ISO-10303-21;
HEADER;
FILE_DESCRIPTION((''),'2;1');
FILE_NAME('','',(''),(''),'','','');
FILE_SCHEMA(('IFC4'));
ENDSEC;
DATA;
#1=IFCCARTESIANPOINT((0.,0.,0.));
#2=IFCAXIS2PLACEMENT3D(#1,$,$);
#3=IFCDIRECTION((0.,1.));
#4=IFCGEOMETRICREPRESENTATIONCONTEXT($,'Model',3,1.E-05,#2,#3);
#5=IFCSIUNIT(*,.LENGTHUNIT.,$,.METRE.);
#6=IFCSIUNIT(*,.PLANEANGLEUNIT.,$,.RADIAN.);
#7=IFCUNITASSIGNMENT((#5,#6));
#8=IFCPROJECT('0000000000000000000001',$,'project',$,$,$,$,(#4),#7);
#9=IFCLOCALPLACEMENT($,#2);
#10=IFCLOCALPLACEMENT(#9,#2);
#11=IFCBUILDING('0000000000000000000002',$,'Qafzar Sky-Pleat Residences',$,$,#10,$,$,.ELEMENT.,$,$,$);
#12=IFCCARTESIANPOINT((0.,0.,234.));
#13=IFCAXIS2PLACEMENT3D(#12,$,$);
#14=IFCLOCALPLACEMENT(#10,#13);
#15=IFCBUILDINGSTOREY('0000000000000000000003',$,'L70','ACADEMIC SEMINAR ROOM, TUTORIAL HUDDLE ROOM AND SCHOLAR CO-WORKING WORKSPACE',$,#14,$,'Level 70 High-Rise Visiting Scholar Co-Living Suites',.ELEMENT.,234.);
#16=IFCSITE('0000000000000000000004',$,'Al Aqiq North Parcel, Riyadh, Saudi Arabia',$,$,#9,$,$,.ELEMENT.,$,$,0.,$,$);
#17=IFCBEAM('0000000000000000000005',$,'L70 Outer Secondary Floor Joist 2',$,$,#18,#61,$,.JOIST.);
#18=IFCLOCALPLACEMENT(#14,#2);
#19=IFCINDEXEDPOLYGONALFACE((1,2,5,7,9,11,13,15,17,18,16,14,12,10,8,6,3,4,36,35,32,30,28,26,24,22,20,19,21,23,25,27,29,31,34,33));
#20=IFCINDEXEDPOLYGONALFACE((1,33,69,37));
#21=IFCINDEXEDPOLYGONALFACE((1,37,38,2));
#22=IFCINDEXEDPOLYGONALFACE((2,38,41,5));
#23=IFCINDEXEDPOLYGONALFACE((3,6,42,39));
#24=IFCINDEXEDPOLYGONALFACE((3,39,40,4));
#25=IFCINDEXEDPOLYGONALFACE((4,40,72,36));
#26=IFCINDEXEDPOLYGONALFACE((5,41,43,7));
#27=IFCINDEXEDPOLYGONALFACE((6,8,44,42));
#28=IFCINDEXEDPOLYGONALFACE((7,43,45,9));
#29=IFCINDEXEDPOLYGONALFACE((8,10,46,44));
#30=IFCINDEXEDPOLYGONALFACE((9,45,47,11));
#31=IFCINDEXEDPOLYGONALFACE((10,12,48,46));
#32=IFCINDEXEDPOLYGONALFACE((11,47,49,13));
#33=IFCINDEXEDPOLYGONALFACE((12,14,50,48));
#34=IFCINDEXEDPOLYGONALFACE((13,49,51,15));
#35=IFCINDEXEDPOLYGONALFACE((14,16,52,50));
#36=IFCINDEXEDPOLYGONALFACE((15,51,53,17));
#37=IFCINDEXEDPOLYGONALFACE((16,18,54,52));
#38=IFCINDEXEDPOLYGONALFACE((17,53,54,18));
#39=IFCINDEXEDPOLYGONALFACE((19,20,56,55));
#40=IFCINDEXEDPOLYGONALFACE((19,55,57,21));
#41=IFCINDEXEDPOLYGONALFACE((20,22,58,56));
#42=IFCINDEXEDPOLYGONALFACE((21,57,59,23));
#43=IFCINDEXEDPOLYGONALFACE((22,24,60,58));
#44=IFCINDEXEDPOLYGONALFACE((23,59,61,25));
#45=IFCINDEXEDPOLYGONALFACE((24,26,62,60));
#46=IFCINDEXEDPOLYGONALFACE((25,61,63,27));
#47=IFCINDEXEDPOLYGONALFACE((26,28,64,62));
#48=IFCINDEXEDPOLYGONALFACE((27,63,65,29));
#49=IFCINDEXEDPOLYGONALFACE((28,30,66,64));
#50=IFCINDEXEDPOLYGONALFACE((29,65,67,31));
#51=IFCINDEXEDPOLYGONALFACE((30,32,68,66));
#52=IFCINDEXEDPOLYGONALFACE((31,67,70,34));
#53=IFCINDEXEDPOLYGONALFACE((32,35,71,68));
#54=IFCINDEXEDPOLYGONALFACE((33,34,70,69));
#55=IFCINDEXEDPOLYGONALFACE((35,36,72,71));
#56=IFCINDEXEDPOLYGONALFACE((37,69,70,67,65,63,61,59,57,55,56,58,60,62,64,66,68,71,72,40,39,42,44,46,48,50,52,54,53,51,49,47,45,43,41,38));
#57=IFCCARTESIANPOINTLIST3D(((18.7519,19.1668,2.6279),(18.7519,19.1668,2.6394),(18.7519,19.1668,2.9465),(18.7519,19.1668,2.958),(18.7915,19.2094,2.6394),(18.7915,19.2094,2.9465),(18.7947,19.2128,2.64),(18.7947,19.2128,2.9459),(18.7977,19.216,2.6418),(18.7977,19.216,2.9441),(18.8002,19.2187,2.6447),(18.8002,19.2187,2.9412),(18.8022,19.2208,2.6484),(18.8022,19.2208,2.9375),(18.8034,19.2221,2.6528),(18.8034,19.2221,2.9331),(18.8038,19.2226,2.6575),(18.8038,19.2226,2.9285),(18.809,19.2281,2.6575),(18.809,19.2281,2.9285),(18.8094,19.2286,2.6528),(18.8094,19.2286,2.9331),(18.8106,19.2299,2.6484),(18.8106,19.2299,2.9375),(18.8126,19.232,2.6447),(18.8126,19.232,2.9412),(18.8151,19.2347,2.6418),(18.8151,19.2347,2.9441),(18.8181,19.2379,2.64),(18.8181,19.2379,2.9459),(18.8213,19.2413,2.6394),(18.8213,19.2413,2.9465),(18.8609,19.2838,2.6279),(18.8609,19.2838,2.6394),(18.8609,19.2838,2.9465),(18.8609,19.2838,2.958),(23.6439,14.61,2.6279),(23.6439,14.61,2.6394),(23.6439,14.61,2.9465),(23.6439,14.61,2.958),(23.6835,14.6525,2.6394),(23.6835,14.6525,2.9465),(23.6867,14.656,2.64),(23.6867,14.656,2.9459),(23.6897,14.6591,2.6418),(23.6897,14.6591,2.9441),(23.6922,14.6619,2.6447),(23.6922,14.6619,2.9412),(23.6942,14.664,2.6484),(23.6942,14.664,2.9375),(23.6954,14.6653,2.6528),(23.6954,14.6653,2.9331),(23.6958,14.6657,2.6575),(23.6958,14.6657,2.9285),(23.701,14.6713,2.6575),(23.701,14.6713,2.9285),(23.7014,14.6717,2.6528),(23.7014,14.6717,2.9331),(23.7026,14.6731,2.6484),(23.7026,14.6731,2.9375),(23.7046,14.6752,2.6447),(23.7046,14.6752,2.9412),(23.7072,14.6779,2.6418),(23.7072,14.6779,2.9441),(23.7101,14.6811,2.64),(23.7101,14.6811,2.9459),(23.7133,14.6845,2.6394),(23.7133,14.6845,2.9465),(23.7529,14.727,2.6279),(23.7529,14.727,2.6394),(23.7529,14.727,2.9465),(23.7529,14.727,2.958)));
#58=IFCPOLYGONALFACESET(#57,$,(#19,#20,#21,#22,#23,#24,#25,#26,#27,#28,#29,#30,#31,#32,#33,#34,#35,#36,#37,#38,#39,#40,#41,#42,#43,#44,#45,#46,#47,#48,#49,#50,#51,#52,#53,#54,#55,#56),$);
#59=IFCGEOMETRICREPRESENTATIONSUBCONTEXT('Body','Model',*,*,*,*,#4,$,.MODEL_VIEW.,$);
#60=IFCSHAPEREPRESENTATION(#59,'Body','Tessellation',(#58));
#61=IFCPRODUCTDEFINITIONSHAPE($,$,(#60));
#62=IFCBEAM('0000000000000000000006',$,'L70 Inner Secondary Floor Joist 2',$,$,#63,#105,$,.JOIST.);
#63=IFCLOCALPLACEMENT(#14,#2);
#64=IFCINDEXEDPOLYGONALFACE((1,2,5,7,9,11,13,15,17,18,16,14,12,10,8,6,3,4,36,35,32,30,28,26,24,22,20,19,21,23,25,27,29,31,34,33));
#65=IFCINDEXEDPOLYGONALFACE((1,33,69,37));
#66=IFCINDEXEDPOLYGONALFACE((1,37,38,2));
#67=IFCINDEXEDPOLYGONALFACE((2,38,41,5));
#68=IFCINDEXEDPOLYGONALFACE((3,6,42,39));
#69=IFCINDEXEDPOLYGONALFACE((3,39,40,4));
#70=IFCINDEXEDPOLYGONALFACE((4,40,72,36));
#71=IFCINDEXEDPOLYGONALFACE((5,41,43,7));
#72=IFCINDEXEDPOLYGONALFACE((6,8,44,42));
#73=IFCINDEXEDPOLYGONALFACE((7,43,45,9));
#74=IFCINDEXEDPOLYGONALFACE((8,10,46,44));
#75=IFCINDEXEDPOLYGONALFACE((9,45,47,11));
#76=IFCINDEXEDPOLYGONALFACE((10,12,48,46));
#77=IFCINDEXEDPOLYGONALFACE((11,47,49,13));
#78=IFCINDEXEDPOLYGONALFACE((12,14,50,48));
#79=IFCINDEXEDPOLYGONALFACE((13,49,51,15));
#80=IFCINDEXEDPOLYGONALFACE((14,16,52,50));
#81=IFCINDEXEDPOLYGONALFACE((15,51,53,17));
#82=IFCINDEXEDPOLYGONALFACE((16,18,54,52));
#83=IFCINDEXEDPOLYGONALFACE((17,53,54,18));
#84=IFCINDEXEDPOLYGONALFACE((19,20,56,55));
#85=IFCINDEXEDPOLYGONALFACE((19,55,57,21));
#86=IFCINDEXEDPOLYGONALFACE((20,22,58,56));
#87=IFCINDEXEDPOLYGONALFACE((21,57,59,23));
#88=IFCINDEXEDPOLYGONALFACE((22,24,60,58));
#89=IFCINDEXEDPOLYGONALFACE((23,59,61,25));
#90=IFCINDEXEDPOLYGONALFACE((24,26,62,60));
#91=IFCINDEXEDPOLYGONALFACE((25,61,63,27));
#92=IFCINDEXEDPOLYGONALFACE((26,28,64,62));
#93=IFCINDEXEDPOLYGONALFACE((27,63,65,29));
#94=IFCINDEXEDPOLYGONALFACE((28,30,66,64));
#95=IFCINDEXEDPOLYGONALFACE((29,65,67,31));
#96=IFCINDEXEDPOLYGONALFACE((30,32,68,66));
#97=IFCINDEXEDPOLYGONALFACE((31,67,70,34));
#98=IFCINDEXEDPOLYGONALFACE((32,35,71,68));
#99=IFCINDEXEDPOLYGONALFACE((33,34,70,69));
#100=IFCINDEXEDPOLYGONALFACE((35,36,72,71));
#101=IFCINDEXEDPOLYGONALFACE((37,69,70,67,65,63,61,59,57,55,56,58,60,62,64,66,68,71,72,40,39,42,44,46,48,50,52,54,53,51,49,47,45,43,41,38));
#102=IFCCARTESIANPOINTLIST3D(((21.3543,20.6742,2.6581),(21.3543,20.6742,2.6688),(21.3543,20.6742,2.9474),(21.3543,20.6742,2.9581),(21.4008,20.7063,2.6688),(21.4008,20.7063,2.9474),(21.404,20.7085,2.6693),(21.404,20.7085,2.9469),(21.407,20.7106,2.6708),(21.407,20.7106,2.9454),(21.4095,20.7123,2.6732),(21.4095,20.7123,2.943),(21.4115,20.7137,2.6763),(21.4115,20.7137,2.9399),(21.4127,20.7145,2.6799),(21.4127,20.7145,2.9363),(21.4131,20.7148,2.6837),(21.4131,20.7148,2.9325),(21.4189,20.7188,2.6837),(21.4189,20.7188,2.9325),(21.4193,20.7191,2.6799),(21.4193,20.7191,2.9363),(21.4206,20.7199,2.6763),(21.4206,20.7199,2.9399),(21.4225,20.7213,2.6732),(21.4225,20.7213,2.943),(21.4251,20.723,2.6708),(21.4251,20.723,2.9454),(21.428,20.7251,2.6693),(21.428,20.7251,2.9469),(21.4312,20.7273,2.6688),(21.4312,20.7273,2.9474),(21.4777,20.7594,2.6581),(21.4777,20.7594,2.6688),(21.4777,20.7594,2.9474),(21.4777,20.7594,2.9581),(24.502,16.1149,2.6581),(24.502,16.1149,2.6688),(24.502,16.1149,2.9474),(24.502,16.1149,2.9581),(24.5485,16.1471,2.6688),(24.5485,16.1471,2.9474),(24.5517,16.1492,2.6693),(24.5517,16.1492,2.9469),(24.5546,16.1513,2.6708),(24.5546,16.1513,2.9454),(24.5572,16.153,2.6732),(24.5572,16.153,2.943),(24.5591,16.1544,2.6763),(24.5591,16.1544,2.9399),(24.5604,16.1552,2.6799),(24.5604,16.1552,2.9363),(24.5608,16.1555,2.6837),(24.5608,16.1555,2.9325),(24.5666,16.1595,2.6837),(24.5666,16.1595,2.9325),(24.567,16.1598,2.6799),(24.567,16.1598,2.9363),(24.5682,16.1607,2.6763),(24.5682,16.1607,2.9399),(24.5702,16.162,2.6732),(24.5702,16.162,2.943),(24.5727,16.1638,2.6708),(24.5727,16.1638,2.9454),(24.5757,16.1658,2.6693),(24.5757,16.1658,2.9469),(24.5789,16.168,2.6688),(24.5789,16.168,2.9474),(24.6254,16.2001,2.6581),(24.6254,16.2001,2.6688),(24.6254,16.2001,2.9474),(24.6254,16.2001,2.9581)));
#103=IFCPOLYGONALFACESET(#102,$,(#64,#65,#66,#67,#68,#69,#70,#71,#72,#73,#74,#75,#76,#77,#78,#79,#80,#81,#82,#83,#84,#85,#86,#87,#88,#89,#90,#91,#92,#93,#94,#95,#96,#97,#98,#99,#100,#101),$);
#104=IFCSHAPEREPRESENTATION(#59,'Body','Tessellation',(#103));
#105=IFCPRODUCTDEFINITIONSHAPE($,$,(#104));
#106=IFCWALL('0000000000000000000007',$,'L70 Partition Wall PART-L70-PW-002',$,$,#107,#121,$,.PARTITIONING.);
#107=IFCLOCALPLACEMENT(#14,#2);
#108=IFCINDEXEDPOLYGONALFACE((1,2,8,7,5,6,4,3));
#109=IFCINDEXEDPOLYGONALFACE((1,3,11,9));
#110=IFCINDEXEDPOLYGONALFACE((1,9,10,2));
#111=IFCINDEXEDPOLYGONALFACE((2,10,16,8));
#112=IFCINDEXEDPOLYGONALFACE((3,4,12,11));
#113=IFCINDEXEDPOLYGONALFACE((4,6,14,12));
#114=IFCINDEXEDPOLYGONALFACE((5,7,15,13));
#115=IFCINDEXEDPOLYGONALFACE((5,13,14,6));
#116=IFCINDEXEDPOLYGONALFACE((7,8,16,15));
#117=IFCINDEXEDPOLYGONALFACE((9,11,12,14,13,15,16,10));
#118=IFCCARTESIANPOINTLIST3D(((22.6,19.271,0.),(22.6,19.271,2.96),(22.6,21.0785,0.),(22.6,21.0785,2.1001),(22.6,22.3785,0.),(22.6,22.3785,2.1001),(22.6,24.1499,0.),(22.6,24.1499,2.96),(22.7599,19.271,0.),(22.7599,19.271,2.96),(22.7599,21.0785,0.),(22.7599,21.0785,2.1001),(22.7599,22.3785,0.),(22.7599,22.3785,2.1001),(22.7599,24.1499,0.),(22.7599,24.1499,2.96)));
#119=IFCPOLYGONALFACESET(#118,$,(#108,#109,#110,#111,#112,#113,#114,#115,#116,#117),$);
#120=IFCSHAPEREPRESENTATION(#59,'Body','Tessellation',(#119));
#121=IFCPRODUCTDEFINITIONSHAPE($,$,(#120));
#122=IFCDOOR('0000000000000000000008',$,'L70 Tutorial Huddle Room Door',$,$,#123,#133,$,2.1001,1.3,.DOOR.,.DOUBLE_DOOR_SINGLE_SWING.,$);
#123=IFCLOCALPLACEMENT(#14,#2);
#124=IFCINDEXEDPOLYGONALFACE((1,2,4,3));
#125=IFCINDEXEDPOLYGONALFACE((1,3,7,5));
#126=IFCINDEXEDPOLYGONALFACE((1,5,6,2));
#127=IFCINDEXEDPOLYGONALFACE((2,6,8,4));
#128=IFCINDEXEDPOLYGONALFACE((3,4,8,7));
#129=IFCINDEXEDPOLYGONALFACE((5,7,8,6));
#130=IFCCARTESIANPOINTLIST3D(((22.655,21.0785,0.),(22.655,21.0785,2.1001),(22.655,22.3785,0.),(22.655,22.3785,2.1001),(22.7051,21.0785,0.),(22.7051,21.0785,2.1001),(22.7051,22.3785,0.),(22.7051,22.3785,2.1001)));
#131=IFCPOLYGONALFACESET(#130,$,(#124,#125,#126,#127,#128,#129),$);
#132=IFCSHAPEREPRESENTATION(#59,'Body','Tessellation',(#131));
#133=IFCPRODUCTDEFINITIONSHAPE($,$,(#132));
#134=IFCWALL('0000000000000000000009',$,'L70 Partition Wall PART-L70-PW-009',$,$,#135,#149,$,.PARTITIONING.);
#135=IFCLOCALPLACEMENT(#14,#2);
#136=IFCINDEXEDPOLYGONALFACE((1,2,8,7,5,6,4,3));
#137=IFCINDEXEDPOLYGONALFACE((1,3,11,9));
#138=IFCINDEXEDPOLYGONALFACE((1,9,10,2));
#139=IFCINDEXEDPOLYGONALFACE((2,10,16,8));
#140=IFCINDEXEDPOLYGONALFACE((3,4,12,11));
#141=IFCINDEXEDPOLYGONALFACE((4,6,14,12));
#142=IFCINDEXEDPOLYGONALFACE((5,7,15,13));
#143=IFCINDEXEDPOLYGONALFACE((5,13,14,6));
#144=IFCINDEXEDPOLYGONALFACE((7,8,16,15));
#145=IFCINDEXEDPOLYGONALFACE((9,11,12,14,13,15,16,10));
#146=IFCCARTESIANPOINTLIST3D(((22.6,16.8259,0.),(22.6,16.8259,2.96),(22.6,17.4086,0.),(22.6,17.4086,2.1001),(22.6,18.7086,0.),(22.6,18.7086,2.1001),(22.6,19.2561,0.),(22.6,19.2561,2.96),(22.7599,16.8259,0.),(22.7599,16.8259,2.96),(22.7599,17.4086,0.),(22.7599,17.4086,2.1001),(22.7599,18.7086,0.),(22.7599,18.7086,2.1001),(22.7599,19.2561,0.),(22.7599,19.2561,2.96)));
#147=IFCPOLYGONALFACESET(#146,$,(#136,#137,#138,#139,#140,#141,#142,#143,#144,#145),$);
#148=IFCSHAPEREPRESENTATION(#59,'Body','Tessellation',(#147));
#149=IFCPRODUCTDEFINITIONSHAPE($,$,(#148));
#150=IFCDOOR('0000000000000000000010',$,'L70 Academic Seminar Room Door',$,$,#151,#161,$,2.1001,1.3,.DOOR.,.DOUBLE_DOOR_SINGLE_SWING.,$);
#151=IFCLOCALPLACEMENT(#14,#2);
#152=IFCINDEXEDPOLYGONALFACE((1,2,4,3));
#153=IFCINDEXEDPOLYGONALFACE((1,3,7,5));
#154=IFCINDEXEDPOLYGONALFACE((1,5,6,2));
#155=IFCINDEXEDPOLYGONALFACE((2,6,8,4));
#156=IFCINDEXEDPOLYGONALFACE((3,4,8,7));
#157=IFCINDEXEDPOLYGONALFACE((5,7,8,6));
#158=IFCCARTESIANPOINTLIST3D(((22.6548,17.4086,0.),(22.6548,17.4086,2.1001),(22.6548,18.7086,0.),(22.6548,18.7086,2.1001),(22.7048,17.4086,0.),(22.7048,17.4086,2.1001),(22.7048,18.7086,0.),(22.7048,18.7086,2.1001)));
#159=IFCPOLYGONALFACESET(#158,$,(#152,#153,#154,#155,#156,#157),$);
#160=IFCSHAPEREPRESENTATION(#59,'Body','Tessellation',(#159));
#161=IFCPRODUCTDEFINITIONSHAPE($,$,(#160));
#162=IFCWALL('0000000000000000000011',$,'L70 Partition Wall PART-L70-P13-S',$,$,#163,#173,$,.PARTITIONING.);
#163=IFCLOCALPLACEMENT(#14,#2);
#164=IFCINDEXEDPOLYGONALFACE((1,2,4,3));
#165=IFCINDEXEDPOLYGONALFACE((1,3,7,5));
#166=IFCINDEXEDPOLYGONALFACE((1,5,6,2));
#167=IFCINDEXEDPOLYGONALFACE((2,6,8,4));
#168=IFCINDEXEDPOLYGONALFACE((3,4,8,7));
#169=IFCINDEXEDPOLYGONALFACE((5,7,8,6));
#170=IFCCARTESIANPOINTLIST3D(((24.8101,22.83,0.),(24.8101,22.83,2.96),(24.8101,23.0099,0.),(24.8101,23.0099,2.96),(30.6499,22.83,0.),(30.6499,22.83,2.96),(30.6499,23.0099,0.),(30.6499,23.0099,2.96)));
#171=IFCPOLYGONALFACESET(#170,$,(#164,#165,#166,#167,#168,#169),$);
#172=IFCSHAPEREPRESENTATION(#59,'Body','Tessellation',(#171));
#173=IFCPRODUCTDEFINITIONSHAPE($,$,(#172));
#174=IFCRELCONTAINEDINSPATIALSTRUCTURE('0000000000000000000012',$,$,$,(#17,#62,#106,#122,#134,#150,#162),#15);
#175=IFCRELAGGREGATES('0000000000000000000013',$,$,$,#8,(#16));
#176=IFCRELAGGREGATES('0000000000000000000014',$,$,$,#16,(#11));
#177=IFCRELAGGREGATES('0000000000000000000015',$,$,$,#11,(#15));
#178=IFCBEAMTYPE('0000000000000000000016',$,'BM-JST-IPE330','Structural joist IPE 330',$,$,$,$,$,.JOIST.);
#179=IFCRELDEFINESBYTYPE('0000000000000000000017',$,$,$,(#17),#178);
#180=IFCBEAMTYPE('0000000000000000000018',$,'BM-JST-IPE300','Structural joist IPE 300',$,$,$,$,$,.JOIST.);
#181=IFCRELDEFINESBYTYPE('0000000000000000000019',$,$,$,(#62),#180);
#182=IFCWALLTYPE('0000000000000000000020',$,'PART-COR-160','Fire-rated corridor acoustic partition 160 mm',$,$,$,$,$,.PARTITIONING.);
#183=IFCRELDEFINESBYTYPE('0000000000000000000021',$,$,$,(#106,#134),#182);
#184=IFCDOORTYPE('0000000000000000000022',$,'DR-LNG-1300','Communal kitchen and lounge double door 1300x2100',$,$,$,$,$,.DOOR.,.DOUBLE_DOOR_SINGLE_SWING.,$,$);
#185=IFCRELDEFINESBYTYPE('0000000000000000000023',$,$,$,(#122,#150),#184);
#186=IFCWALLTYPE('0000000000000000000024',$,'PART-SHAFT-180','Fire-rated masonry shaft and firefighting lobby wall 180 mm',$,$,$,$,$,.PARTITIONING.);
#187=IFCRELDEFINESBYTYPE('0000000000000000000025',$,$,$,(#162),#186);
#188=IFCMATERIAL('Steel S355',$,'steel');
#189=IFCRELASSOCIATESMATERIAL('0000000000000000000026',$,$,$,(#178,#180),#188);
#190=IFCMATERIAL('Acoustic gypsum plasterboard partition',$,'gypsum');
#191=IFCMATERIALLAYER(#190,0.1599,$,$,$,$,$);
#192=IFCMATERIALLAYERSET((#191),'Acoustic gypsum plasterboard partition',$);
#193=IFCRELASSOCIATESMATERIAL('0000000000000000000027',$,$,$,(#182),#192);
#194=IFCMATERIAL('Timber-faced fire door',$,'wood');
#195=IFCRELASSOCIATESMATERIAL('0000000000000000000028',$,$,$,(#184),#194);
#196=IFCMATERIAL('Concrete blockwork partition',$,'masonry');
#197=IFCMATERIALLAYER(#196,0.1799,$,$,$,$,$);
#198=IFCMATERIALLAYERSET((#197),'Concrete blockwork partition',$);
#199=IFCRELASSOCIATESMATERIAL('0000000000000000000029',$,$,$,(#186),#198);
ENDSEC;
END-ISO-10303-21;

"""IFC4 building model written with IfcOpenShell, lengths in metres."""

from ifc_helpers import new_model, si_unit, direction, frame, frame_2d, origin, origin_2d, place, context, subcontext, project, spatial, rectangle, i_section, extrude, source, transform, mapped, material, layer, layer_set, material_profile, profile_set, type_object, element, fill, save


model = new_model("IFC4")

# Units and contexts
model_context = context("Model", 3, precision=1e-05, world=origin(), true_north=direction((0.0, 1.0)))
body_context = subcontext(model_context, "Body", "Model", "MODEL_VIEW")
ifc_project = project(units=[si_unit("LENGTHUNIT", "METRE"), si_unit("PLANEANGLEUNIT", "RADIAN")], contexts=[model_context])

# Site, building, storey
site_placement = place(None, origin())
site = spatial("IfcSite", under=ifc_project, at=site_placement, Name="Al Aqiq North Parcel, Riyadh, Saudi Arabia", CompositionType="ELEMENT", RefElevation=0.0)
building_placement = place(site_placement, origin())
building = spatial("IfcBuilding", under=site, at=building_placement, Name="Qafzar Sky-Pleat Residences", CompositionType="ELEMENT")
storey_placement = place(building_placement, frame((0.0, 0.0, 234.0)))
storey = spatial("IfcBuildingStorey", under=building, at=storey_placement, Name="L70", Description="ACADEMIC SEMINAR ROOM, TUTORIAL HUDDLE ROOM AND SCHOLAR CO-WORKING WORKSPACE", LongName="Level 70 High-Rise Visiting Scholar Co-Living Suites", CompositionType="ELEMENT", Elevation=234.0)

# Beams
ifc_material_1 = material(Name="Steel S355", Category="steel")
ifc_material_profile_1 = material_profile(ifc_material_1, i_section(OverallWidth=0.1599, OverallDepth=0.3301, WebThickness=0.0076, FlangeThickness=0.0115, FilletRadius=0.0181, at=origin_2d()), Name="IPE 330")
ifc_profile_set_1 = profile_set([ifc_material_profile_1], Name="Steel S355")
beam_type_1 = type_object("IfcBeamType", Name="BM-JST-IPE330", Description="Structural joist IPE 330", PredefinedType="JOIST", material=ifc_profile_set_1)
shared_shape_1 = source(origin(), body_context, "Body", "SweptSolid", [
    extrude(i_section(OverallWidth=0.1599, OverallDepth=0.3301, WebThickness=0.0076, FlangeThickness=0.0115, FilletRadius=0.0181, at=origin_2d()), origin(), (0.0, 0.0, 1.0), 6.6855),
])
beam_1_placement = place(storey_placement, frame((18.8064, 19.2253, 2.793), z_axis=(0.731731, -0.681593, 0.0), x_axis=(0.681593, 0.731731, 0.0)))
element("IfcBeam", 1, at=beam_1_placement, inside=storey, type_object=beam_type_1, Name="L70 Outer Secondary Floor Joist 2", PredefinedType="JOIST", context=body_context, shape_type="MappedRepresentation", body=[
    mapped(shared_shape_1, transform((0.0, 0.0, 0.0), x_axis=(1.0, 0.0, 0.0), y_axis=(0.0, 1.0, 0.0), z_axis=(0.0, 0.0, 1.0), scale=1.0)),
])
ifc_material_profile_2 = material_profile(ifc_material_1, i_section(OverallWidth=0.1499, OverallDepth=0.3, WebThickness=0.0071, FlangeThickness=0.0107, FilletRadius=0.0149, at=origin_2d()), Name="IPE 300")
ifc_profile_set_2 = profile_set([ifc_material_profile_2], Name="Steel S355")
beam_type_2 = type_object("IfcBeamType", Name="BM-JST-IPE300", Description="Structural joist IPE 300", PredefinedType="JOIST", material=ifc_profile_set_2)
shared_shape_2 = source(origin(), body_context, "Body", "SweptSolid", [
    extrude(i_section(OverallWidth=0.1499, OverallDepth=0.3, WebThickness=0.0071, FlangeThickness=0.0107, FilletRadius=0.0149, at=origin_2d()), origin(), (0.0, 0.0, 1.0), 5.5403),
])
beam_2_placement = place(storey_placement, frame((21.416, 20.7168, 2.8081), z_axis=(0.568142, -0.822931, 0.0), x_axis=(0.822931, 0.568142, 0.0)))
element("IfcBeam", 2, at=beam_2_placement, inside=storey, type_object=beam_type_2, Name="L70 Inner Secondary Floor Joist 2", PredefinedType="JOIST", context=body_context, shape_type="MappedRepresentation", body=[
    mapped(shared_shape_2, transform((0.0, 0.0, 0.0), x_axis=(1.0, 0.0, 0.0), y_axis=(0.0, 1.0, 0.0), z_axis=(0.0, 0.0, 1.0), scale=1.0)),
])

# Walls, openings, doors
ifc_material_2 = material(Name="Acoustic gypsum plasterboard partition", Category="gypsum")
ifc_layer_1 = layer(ifc_material_2, 0.1599)
ifc_layer_set_1 = layer_set([ifc_layer_1], Name="Acoustic gypsum plasterboard partition")
wall_type_1 = type_object("IfcWallType", Name="PART-COR-160", Description="Fire-rated corridor acoustic partition 160 mm", PredefinedType="PARTITIONING", material=ifc_layer_set_1)
wall_1_placement = place(storey_placement, frame((22.6799, 19.271, 0.0), z_axis=(0.0, 0.0, 1.0), x_axis=(0.0, 1.0, 0.0)))
wall_1 = element("IfcWall", 3, at=wall_1_placement, inside=storey, type_object=wall_type_1, Name="L70 Partition Wall PART-L70-PW-002", PredefinedType="PARTITIONING", context=body_context, shape_type="SweptSolid", body=[
    extrude(rectangle(XDim=4.8789, YDim=0.1599, at=frame_2d((2.4395, 0.0))), origin(), (0.0, 0.0, 1.0), 2.96),
])
opening_1_placement = place(wall_1_placement, frame((1.8076, 0.0, 0.0)))
opening_1 = element("IfcOpeningElement", 4, at=opening_1_placement, cuts=wall_1, PredefinedType="OPENING", context=body_context, shape_type="SweptSolid", body=[
    extrude(rectangle(XDim=1.3, YDim=2.1001, at=frame_2d((0.6499, 1.05))), frame((0.0, 0.0898, 0.0), z_axis=(0.0, -1.0, 0.0), x_axis=(1.0, 0.0, 0.0)), (0.0, 0.0, 1.0), 0.1799),
])
ifc_material_3 = material(Name="Timber-faced fire door", Category="wood")
door_type_1 = type_object("IfcDoorType", Name="DR-LNG-1300", Description="Communal kitchen and lounge double door 1300x2100", OperationType="DOUBLE_DOOR_SINGLE_SWING", PredefinedType="DOOR", material=ifc_material_3)
shared_shape_3 = source(origin(), body_context, "Body", "SweptSolid", [
    extrude(rectangle(XDim=1.3, YDim=2.1001, at=frame_2d((0.6499, 1.05))), frame((0.0, 0.0249, 0.0), z_axis=(0.0, -1.0, 0.0), x_axis=(1.0, 0.0, 0.0)), (0.0, 0.0, 1.0), 0.05),
])
door_1_placement = place(opening_1_placement, origin())
door_1 = element("IfcDoor", 5, at=door_1_placement, inside=storey, type_object=door_type_1, Name="L70 Tutorial Huddle Room Door", OperationType="DOUBLE_DOOR_SINGLE_SWING", OverallHeight=2.1001, OverallWidth=1.3, PredefinedType="DOOR", context=body_context, shape_type="MappedRepresentation", body=[
    mapped(shared_shape_3, transform((0.0, 0.0, 0.0), x_axis=(1.0, 0.0, 0.0), y_axis=(0.0, 1.0, 0.0), z_axis=(0.0, 0.0, 1.0), scale=1.0)),
])
fill(opening_1, door_1)
wall_2_placement = place(storey_placement, frame((22.6799, 19.2561, 0.0), z_axis=(0.0, 0.0, 1.0), x_axis=(0.0, -1.0, 0.0)))
wall_2 = element("IfcWall", 6, at=wall_2_placement, inside=storey, type_object=wall_type_1, Name="L70 Partition Wall PART-L70-PW-009", PredefinedType="PARTITIONING", context=body_context, shape_type="SweptSolid", body=[
    extrude(rectangle(XDim=2.4302, YDim=0.1599, at=frame_2d((1.2151, 0.0))), origin(), (0.0, 0.0, 1.0), 2.96),
])
opening_2_placement = place(wall_2_placement, frame((0.5476, 0.0, 0.0)))
opening_2 = element("IfcOpeningElement", 7, at=opening_2_placement, cuts=wall_2, PredefinedType="OPENING", context=body_context, shape_type="SweptSolid", body=[
    extrude(rectangle(XDim=1.3, YDim=2.1001, at=frame_2d((0.6499, 1.05))), frame((0.0, 0.0898, 0.0), z_axis=(0.0, -1.0, 0.0), x_axis=(1.0, 0.0, 0.0)), (0.0, 0.0, 1.0), 0.1799),
])
door_2_placement = place(opening_2_placement, origin())
door_2 = element("IfcDoor", 8, at=door_2_placement, inside=storey, type_object=door_type_1, Name="L70 Academic Seminar Room Door", OperationType="DOUBLE_DOOR_SINGLE_SWING", OverallHeight=2.1001, OverallWidth=1.3, PredefinedType="DOOR", context=body_context, shape_type="MappedRepresentation", body=[
    mapped(shared_shape_3, transform((0.0, 0.0, 0.0), x_axis=(1.0, 0.0, 0.0), y_axis=(0.0, 1.0, 0.0), z_axis=(0.0, 0.0, 1.0), scale=1.0)),
])
fill(opening_2, door_2)

# Wall
ifc_material_4 = material(Name="Concrete blockwork partition", Category="masonry")
ifc_layer_2 = layer(ifc_material_4, 0.1799)
ifc_layer_set_2 = layer_set([ifc_layer_2], Name="Concrete blockwork partition")
wall_type_2 = type_object("IfcWallType", Name="PART-SHAFT-180", Description="Fire-rated masonry shaft and firefighting lobby wall 180 mm", PredefinedType="PARTITIONING", material=ifc_layer_set_2)
wall_3_placement = place(storey_placement, frame((24.8101, 22.9199, 0.0), z_axis=(0.0, 0.0, 1.0), x_axis=(1.0, 0.0, 0.0)))
element("IfcWall", 9, at=wall_3_placement, inside=storey, type_object=wall_type_2, Name="L70 Partition Wall PART-L70-P13-S", PredefinedType="PARTITIONING", context=body_context, shape_type="SweptSolid", body=[
    extrude(rectangle(XDim=5.8398, YDim=0.1799, at=frame_2d((2.9199, 0.0))), origin(), (0.0, 0.0, 1.0), 2.96),
])

save(model, "model.ifc")
